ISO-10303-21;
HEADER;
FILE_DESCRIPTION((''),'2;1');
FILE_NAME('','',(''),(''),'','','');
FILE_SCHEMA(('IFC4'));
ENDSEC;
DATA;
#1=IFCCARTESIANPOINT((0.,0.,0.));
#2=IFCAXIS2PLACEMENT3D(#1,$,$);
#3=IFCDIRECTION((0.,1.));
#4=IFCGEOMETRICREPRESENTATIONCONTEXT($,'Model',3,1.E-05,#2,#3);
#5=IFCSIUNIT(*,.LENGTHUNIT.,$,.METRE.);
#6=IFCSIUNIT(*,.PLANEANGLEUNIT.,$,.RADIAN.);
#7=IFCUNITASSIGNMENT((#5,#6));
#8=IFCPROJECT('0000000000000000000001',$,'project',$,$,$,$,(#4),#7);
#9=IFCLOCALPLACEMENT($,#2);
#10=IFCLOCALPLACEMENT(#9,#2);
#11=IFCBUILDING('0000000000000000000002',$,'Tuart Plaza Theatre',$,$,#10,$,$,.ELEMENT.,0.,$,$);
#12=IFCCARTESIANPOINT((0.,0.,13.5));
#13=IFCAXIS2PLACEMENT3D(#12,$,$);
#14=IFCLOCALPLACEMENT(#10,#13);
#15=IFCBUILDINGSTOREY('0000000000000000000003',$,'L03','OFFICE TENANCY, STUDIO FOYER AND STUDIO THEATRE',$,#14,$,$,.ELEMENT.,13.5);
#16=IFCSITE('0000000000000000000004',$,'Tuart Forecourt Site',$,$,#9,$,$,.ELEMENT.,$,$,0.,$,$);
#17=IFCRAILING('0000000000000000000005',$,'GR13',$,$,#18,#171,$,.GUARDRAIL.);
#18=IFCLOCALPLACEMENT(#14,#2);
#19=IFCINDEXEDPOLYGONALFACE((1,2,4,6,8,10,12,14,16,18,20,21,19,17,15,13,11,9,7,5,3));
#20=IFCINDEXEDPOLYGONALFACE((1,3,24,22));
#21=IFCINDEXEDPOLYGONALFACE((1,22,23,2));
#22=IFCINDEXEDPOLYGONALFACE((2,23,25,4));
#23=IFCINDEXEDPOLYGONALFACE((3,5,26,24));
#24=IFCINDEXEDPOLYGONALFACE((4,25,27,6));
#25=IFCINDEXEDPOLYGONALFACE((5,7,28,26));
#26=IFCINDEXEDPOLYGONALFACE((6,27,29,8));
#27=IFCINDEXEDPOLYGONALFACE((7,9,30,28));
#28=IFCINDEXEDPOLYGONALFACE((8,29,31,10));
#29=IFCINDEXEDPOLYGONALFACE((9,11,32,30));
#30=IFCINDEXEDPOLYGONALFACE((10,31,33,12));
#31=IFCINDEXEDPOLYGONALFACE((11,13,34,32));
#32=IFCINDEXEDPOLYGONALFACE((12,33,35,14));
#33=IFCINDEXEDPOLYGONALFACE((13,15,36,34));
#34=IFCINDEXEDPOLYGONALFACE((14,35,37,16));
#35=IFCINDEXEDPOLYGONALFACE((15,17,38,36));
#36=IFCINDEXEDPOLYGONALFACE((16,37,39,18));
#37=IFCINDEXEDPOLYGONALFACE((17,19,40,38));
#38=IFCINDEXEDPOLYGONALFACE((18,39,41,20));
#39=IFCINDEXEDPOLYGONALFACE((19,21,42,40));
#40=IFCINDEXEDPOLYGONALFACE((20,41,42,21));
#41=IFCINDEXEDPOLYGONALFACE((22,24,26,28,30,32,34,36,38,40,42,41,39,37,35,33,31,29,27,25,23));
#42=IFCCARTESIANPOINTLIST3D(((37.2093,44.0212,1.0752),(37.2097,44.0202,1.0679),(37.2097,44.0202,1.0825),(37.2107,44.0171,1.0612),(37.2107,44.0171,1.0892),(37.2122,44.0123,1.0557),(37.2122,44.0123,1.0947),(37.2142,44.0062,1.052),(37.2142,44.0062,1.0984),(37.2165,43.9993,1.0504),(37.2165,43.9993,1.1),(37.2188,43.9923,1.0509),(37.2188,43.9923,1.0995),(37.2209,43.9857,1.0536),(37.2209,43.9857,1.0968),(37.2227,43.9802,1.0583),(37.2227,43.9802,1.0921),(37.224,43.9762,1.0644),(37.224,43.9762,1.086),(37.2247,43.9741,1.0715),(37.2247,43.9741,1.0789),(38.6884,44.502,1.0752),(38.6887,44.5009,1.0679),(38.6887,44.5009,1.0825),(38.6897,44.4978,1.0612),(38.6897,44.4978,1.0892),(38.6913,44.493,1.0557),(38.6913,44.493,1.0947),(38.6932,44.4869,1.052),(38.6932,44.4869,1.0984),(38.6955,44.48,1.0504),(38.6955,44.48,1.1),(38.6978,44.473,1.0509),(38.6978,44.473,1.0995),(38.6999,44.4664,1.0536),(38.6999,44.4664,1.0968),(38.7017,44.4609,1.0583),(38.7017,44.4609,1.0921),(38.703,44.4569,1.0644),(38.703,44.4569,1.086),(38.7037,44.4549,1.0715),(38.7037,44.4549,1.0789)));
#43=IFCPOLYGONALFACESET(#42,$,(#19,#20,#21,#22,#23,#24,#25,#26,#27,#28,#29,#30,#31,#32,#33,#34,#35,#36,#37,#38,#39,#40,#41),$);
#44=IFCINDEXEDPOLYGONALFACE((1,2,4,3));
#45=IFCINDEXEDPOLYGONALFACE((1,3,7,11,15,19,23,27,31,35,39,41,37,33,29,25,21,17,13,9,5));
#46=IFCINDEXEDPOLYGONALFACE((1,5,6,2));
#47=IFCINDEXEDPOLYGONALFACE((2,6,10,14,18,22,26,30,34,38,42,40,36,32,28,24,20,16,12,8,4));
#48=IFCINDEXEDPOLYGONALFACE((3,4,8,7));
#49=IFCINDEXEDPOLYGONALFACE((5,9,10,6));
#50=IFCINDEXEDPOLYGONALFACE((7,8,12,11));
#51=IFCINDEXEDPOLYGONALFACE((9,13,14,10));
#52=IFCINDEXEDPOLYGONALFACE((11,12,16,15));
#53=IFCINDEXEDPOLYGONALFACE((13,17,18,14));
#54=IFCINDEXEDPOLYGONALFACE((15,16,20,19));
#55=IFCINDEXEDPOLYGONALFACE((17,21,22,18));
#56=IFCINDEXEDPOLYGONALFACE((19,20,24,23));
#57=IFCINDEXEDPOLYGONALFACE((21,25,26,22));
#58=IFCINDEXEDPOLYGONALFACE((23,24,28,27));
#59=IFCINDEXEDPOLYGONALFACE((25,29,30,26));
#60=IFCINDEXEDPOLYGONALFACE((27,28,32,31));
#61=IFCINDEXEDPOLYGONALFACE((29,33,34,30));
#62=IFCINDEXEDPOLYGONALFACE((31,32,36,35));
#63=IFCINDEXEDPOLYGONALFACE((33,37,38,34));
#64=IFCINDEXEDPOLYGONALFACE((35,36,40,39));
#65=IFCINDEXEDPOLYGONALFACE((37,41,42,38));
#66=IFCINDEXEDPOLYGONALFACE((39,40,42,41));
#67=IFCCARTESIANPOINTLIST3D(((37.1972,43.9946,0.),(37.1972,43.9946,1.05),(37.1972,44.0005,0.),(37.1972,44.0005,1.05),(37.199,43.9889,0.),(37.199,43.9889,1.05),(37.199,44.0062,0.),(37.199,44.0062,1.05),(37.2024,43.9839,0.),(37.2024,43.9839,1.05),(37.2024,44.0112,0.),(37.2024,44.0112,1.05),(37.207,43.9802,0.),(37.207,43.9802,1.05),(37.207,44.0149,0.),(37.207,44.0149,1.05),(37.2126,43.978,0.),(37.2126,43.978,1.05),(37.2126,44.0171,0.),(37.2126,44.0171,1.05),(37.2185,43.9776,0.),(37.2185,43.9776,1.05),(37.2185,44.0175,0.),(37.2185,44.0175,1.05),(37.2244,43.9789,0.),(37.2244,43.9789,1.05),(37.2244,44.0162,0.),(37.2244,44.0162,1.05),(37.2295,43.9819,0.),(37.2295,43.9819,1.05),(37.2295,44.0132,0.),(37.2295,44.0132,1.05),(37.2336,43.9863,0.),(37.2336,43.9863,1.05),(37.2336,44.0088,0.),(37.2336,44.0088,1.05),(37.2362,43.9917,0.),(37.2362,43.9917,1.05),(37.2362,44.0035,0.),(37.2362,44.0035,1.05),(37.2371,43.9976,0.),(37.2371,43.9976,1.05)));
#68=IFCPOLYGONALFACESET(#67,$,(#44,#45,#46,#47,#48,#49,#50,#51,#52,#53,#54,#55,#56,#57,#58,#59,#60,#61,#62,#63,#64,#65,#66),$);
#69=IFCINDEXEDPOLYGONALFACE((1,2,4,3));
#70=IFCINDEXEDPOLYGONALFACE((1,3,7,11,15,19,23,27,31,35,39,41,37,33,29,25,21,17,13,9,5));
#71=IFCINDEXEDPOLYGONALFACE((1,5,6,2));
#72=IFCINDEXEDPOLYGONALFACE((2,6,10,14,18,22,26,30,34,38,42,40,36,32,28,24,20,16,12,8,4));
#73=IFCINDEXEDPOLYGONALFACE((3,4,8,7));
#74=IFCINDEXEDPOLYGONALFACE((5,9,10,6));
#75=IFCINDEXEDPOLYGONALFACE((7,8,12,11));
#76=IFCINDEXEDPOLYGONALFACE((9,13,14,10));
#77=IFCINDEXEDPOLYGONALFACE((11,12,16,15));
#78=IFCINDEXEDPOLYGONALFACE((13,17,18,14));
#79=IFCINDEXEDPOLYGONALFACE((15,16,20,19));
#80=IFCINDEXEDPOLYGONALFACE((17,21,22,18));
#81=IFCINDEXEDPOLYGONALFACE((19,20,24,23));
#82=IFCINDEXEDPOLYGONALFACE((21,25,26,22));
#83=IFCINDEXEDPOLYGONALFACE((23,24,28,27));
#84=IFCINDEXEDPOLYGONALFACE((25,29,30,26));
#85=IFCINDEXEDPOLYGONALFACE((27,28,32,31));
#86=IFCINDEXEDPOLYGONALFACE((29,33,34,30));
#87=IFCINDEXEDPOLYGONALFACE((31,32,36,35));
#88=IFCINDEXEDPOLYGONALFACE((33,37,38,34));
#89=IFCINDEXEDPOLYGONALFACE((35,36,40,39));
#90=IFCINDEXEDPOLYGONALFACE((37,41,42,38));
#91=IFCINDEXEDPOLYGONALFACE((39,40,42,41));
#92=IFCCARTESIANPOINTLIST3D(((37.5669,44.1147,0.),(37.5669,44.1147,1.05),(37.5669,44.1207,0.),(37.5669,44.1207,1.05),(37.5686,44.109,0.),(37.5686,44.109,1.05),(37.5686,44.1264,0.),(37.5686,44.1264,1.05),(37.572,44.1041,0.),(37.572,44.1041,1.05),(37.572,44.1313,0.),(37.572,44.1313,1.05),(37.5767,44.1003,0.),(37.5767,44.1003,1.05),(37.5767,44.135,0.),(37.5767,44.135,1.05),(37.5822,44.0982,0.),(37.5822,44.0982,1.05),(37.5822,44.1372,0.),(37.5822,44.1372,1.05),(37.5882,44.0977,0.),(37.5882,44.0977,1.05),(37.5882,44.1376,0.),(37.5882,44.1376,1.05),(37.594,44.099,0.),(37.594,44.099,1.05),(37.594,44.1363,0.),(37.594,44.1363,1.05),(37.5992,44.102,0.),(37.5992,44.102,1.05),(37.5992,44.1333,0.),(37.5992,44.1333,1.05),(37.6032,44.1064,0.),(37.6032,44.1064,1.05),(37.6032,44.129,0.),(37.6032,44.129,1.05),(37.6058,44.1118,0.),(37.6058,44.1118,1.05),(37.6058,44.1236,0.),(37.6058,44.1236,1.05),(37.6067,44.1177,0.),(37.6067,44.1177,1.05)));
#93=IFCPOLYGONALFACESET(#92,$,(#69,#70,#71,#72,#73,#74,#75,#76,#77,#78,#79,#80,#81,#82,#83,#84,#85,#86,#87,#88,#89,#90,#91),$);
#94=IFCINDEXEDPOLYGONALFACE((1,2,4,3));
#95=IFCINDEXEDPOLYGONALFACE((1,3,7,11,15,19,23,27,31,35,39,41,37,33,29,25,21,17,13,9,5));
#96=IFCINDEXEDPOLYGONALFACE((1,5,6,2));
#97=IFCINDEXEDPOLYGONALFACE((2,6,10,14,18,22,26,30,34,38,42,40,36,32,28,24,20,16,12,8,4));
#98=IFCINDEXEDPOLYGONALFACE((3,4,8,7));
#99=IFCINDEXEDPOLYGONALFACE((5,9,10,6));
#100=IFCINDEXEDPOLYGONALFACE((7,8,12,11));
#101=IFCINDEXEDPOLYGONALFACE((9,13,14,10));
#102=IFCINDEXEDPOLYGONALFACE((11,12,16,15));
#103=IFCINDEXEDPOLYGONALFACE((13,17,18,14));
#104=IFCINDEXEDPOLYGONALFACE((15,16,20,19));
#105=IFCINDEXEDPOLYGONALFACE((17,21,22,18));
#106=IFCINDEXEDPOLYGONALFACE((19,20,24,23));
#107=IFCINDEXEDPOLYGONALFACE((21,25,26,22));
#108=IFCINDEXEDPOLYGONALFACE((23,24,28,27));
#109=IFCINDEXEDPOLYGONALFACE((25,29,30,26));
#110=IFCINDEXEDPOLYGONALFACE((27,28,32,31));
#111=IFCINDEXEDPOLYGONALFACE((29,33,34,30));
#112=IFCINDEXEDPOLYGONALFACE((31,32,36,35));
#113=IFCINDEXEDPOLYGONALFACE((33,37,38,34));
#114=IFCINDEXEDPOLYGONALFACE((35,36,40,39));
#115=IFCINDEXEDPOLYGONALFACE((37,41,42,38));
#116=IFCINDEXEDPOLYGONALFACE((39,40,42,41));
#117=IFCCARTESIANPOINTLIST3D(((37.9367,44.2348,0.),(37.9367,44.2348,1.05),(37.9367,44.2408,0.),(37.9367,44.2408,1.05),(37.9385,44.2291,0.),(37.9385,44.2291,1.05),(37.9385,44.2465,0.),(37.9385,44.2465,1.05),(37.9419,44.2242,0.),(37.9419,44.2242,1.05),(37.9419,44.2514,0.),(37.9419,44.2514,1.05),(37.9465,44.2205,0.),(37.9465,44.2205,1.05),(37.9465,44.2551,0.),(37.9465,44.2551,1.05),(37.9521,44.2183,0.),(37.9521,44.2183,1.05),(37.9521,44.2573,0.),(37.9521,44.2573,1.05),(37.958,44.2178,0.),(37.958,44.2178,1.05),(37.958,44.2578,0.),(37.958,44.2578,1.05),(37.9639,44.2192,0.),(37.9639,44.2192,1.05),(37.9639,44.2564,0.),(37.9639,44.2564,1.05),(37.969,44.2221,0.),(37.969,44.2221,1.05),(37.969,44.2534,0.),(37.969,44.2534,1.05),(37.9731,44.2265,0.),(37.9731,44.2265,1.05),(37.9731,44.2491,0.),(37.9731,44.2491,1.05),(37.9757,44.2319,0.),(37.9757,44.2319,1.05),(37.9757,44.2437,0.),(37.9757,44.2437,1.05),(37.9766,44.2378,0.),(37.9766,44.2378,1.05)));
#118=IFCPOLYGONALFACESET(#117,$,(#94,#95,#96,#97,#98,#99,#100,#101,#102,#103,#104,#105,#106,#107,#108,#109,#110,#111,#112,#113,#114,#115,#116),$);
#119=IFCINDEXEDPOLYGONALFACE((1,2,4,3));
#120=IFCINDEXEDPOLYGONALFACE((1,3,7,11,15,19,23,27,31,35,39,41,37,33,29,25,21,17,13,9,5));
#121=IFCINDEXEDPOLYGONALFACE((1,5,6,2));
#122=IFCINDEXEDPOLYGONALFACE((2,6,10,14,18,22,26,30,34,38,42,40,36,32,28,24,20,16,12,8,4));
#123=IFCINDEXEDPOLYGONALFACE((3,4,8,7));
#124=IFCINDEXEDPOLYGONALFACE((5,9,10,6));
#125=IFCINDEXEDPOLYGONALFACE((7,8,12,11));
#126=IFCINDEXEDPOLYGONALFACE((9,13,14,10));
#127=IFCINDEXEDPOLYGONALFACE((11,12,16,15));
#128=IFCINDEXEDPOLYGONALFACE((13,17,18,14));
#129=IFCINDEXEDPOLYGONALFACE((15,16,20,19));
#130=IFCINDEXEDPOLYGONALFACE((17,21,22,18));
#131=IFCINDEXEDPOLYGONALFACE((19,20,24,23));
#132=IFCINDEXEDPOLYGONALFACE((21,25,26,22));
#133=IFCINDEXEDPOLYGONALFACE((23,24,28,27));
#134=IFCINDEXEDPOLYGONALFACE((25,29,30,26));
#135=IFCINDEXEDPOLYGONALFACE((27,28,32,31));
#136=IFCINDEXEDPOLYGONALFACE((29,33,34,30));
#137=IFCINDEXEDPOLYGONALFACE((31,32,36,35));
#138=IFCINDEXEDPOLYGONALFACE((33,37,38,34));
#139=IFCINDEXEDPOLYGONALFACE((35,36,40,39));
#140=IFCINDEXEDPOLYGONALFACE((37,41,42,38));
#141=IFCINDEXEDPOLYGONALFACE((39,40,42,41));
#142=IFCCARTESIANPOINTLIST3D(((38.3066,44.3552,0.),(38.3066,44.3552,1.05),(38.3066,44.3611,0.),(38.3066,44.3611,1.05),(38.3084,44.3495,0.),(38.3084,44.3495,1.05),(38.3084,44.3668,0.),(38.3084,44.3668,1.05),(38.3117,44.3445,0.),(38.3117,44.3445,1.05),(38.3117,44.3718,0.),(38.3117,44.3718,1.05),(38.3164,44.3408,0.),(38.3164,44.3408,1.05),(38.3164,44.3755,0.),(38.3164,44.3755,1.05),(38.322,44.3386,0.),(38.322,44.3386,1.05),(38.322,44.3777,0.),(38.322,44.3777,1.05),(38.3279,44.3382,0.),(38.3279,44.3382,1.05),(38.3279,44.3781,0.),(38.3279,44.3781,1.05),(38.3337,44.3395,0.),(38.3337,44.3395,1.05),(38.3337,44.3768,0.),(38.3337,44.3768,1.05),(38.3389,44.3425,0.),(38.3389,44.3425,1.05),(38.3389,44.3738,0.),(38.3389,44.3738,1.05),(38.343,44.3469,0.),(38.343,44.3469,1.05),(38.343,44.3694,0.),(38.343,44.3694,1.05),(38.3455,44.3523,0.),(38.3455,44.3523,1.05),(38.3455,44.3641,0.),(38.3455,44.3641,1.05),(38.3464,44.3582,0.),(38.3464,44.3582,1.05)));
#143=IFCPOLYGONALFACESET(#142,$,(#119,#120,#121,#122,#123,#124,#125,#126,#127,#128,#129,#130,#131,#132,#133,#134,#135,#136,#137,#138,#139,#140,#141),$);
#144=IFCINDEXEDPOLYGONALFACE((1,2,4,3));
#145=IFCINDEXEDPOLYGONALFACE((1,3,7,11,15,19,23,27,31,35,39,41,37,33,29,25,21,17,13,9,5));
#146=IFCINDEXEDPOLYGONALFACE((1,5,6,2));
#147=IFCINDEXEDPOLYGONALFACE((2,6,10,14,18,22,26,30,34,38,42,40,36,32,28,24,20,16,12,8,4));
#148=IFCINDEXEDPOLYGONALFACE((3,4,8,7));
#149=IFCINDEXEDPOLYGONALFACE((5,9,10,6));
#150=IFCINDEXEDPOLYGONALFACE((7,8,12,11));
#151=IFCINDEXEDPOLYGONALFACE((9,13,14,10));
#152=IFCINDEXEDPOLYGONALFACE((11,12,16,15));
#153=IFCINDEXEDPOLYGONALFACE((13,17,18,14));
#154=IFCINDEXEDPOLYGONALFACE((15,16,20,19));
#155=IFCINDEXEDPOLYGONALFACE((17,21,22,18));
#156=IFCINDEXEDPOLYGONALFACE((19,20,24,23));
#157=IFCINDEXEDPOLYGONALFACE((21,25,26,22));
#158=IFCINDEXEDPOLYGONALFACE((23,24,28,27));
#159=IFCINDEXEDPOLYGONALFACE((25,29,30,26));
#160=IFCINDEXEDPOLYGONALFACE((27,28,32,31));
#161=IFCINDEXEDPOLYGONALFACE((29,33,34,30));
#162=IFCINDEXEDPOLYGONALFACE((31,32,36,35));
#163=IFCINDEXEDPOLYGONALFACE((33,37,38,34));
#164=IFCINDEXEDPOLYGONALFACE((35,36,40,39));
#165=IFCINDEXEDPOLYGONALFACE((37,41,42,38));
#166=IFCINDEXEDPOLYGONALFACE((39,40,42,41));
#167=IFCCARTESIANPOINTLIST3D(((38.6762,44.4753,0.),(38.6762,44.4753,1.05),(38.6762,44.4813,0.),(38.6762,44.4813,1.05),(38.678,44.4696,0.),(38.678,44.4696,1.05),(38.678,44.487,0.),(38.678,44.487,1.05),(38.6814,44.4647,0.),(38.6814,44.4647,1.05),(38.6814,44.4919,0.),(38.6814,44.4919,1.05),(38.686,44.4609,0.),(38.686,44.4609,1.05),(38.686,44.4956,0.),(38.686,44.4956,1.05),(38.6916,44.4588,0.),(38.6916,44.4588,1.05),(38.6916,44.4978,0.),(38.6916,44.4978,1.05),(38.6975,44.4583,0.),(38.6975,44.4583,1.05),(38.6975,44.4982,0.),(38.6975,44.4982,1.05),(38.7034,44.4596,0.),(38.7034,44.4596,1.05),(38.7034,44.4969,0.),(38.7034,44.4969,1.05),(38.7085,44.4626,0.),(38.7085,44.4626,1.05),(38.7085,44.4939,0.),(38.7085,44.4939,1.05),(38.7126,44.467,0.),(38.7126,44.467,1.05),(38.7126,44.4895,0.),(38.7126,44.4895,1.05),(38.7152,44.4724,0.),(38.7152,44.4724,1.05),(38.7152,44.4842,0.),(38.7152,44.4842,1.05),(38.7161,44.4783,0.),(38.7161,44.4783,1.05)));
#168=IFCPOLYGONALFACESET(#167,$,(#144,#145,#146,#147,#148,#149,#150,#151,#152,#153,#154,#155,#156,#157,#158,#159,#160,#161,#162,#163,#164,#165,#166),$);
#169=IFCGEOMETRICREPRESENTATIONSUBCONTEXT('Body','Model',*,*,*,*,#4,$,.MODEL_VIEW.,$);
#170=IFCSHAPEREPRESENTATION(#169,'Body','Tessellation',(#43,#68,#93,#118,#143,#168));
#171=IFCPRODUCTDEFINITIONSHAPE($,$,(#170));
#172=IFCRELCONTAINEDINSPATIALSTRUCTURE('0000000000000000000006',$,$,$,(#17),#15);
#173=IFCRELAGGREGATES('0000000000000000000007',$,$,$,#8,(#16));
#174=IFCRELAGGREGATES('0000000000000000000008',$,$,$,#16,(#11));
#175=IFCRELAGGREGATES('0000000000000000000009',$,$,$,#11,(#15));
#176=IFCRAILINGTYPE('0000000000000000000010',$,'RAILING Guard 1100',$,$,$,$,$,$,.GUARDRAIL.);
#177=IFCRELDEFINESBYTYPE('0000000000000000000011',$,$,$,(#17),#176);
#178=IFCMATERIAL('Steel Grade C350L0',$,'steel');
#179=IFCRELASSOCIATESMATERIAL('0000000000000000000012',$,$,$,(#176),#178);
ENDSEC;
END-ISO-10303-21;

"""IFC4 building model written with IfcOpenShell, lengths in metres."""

from ifc_helpers import new_model, si_unit, direction, frame, origin, origin_2d, place, context, subcontext, project, spatial, circle, extrude, material, type_object, element, save


model = new_model("IFC4")

# Units and contexts
model_context = context("Model", 3, precision=1e-05, world=origin(), true_north=direction((0.0, 1.0)))
body_context = subcontext(model_context, "Body", "Model", "MODEL_VIEW")
ifc_project = project(units=[si_unit("LENGTHUNIT", "METRE"), si_unit("PLANEANGLEUNIT", "RADIAN")], contexts=[model_context])

# Site, building, storey
site_placement = place(None, origin())
site = spatial("IfcSite", under=ifc_project, at=site_placement, Name="Tuart Forecourt Site", CompositionType="ELEMENT", RefElevation=0.0)
building_placement = place(site_placement, origin())
building = spatial("IfcBuilding", under=site, at=building_placement, Name="Tuart Plaza Theatre", CompositionType="ELEMENT", ElevationOfRefHeight=0.0)
storey_placement = place(building_placement, frame((0.0, 0.0, 13.5)))
storey = spatial("IfcBuildingStorey", under=building, at=storey_placement, Name="L03", Description="OFFICE TENANCY, STUDIO FOYER AND STUDIO THEATRE", CompositionType="ELEMENT", Elevation=13.5)

# Railing
ifc_material_1 = material(Name="Steel Grade C350L0", Category="steel")
railing_type_1 = type_object("IfcRailingType", Name="RAILING Guard 1100", PredefinedType="GUARDRAIL", material=ifc_material_1)
railing_1_placement = place(storey_placement, frame((37.217, 43.9976, 0.0)))
element("IfcRailing", 1, at=railing_1_placement, inside=storey, type_object=railing_type_1, Name="GR13", PredefinedType="GUARDRAIL", context=body_context, shape_type="SweptSolid", body=[
    extrude(circle(Radius=0.0249, at=origin_2d()), frame((0.0, 0.0, 1.0752), z_axis=(0.951027, 0.309107, 0.0), x_axis=(-0.309107, 0.951027, 0.0)), (0.0, 0.0, 1.0), 1.5552),
    extrude(circle(Radius=0.02, at=origin_2d()), origin(), (0.0, 0.0, 1.0), 1.05),
    extrude(circle(Radius=0.02, at=origin_2d()), frame((0.3696, 0.1201, 0.0)), (0.0, 0.0, 1.0), 1.05),
    extrude(circle(Radius=0.02, at=origin_2d()), frame((0.7395, 0.2402, 0.0)), (0.0, 0.0, 1.0), 1.05),
    extrude(circle(Radius=0.02, at=origin_2d()), frame((1.1094, 0.3606, 0.0)), (0.0, 0.0, 1.0), 1.05),
    extrude(circle(Radius=0.02, at=origin_2d()), frame((1.479, 0.4807, 0.0)), (0.0, 0.0, 1.0), 1.05),
])

save(model, "model.ifc")
